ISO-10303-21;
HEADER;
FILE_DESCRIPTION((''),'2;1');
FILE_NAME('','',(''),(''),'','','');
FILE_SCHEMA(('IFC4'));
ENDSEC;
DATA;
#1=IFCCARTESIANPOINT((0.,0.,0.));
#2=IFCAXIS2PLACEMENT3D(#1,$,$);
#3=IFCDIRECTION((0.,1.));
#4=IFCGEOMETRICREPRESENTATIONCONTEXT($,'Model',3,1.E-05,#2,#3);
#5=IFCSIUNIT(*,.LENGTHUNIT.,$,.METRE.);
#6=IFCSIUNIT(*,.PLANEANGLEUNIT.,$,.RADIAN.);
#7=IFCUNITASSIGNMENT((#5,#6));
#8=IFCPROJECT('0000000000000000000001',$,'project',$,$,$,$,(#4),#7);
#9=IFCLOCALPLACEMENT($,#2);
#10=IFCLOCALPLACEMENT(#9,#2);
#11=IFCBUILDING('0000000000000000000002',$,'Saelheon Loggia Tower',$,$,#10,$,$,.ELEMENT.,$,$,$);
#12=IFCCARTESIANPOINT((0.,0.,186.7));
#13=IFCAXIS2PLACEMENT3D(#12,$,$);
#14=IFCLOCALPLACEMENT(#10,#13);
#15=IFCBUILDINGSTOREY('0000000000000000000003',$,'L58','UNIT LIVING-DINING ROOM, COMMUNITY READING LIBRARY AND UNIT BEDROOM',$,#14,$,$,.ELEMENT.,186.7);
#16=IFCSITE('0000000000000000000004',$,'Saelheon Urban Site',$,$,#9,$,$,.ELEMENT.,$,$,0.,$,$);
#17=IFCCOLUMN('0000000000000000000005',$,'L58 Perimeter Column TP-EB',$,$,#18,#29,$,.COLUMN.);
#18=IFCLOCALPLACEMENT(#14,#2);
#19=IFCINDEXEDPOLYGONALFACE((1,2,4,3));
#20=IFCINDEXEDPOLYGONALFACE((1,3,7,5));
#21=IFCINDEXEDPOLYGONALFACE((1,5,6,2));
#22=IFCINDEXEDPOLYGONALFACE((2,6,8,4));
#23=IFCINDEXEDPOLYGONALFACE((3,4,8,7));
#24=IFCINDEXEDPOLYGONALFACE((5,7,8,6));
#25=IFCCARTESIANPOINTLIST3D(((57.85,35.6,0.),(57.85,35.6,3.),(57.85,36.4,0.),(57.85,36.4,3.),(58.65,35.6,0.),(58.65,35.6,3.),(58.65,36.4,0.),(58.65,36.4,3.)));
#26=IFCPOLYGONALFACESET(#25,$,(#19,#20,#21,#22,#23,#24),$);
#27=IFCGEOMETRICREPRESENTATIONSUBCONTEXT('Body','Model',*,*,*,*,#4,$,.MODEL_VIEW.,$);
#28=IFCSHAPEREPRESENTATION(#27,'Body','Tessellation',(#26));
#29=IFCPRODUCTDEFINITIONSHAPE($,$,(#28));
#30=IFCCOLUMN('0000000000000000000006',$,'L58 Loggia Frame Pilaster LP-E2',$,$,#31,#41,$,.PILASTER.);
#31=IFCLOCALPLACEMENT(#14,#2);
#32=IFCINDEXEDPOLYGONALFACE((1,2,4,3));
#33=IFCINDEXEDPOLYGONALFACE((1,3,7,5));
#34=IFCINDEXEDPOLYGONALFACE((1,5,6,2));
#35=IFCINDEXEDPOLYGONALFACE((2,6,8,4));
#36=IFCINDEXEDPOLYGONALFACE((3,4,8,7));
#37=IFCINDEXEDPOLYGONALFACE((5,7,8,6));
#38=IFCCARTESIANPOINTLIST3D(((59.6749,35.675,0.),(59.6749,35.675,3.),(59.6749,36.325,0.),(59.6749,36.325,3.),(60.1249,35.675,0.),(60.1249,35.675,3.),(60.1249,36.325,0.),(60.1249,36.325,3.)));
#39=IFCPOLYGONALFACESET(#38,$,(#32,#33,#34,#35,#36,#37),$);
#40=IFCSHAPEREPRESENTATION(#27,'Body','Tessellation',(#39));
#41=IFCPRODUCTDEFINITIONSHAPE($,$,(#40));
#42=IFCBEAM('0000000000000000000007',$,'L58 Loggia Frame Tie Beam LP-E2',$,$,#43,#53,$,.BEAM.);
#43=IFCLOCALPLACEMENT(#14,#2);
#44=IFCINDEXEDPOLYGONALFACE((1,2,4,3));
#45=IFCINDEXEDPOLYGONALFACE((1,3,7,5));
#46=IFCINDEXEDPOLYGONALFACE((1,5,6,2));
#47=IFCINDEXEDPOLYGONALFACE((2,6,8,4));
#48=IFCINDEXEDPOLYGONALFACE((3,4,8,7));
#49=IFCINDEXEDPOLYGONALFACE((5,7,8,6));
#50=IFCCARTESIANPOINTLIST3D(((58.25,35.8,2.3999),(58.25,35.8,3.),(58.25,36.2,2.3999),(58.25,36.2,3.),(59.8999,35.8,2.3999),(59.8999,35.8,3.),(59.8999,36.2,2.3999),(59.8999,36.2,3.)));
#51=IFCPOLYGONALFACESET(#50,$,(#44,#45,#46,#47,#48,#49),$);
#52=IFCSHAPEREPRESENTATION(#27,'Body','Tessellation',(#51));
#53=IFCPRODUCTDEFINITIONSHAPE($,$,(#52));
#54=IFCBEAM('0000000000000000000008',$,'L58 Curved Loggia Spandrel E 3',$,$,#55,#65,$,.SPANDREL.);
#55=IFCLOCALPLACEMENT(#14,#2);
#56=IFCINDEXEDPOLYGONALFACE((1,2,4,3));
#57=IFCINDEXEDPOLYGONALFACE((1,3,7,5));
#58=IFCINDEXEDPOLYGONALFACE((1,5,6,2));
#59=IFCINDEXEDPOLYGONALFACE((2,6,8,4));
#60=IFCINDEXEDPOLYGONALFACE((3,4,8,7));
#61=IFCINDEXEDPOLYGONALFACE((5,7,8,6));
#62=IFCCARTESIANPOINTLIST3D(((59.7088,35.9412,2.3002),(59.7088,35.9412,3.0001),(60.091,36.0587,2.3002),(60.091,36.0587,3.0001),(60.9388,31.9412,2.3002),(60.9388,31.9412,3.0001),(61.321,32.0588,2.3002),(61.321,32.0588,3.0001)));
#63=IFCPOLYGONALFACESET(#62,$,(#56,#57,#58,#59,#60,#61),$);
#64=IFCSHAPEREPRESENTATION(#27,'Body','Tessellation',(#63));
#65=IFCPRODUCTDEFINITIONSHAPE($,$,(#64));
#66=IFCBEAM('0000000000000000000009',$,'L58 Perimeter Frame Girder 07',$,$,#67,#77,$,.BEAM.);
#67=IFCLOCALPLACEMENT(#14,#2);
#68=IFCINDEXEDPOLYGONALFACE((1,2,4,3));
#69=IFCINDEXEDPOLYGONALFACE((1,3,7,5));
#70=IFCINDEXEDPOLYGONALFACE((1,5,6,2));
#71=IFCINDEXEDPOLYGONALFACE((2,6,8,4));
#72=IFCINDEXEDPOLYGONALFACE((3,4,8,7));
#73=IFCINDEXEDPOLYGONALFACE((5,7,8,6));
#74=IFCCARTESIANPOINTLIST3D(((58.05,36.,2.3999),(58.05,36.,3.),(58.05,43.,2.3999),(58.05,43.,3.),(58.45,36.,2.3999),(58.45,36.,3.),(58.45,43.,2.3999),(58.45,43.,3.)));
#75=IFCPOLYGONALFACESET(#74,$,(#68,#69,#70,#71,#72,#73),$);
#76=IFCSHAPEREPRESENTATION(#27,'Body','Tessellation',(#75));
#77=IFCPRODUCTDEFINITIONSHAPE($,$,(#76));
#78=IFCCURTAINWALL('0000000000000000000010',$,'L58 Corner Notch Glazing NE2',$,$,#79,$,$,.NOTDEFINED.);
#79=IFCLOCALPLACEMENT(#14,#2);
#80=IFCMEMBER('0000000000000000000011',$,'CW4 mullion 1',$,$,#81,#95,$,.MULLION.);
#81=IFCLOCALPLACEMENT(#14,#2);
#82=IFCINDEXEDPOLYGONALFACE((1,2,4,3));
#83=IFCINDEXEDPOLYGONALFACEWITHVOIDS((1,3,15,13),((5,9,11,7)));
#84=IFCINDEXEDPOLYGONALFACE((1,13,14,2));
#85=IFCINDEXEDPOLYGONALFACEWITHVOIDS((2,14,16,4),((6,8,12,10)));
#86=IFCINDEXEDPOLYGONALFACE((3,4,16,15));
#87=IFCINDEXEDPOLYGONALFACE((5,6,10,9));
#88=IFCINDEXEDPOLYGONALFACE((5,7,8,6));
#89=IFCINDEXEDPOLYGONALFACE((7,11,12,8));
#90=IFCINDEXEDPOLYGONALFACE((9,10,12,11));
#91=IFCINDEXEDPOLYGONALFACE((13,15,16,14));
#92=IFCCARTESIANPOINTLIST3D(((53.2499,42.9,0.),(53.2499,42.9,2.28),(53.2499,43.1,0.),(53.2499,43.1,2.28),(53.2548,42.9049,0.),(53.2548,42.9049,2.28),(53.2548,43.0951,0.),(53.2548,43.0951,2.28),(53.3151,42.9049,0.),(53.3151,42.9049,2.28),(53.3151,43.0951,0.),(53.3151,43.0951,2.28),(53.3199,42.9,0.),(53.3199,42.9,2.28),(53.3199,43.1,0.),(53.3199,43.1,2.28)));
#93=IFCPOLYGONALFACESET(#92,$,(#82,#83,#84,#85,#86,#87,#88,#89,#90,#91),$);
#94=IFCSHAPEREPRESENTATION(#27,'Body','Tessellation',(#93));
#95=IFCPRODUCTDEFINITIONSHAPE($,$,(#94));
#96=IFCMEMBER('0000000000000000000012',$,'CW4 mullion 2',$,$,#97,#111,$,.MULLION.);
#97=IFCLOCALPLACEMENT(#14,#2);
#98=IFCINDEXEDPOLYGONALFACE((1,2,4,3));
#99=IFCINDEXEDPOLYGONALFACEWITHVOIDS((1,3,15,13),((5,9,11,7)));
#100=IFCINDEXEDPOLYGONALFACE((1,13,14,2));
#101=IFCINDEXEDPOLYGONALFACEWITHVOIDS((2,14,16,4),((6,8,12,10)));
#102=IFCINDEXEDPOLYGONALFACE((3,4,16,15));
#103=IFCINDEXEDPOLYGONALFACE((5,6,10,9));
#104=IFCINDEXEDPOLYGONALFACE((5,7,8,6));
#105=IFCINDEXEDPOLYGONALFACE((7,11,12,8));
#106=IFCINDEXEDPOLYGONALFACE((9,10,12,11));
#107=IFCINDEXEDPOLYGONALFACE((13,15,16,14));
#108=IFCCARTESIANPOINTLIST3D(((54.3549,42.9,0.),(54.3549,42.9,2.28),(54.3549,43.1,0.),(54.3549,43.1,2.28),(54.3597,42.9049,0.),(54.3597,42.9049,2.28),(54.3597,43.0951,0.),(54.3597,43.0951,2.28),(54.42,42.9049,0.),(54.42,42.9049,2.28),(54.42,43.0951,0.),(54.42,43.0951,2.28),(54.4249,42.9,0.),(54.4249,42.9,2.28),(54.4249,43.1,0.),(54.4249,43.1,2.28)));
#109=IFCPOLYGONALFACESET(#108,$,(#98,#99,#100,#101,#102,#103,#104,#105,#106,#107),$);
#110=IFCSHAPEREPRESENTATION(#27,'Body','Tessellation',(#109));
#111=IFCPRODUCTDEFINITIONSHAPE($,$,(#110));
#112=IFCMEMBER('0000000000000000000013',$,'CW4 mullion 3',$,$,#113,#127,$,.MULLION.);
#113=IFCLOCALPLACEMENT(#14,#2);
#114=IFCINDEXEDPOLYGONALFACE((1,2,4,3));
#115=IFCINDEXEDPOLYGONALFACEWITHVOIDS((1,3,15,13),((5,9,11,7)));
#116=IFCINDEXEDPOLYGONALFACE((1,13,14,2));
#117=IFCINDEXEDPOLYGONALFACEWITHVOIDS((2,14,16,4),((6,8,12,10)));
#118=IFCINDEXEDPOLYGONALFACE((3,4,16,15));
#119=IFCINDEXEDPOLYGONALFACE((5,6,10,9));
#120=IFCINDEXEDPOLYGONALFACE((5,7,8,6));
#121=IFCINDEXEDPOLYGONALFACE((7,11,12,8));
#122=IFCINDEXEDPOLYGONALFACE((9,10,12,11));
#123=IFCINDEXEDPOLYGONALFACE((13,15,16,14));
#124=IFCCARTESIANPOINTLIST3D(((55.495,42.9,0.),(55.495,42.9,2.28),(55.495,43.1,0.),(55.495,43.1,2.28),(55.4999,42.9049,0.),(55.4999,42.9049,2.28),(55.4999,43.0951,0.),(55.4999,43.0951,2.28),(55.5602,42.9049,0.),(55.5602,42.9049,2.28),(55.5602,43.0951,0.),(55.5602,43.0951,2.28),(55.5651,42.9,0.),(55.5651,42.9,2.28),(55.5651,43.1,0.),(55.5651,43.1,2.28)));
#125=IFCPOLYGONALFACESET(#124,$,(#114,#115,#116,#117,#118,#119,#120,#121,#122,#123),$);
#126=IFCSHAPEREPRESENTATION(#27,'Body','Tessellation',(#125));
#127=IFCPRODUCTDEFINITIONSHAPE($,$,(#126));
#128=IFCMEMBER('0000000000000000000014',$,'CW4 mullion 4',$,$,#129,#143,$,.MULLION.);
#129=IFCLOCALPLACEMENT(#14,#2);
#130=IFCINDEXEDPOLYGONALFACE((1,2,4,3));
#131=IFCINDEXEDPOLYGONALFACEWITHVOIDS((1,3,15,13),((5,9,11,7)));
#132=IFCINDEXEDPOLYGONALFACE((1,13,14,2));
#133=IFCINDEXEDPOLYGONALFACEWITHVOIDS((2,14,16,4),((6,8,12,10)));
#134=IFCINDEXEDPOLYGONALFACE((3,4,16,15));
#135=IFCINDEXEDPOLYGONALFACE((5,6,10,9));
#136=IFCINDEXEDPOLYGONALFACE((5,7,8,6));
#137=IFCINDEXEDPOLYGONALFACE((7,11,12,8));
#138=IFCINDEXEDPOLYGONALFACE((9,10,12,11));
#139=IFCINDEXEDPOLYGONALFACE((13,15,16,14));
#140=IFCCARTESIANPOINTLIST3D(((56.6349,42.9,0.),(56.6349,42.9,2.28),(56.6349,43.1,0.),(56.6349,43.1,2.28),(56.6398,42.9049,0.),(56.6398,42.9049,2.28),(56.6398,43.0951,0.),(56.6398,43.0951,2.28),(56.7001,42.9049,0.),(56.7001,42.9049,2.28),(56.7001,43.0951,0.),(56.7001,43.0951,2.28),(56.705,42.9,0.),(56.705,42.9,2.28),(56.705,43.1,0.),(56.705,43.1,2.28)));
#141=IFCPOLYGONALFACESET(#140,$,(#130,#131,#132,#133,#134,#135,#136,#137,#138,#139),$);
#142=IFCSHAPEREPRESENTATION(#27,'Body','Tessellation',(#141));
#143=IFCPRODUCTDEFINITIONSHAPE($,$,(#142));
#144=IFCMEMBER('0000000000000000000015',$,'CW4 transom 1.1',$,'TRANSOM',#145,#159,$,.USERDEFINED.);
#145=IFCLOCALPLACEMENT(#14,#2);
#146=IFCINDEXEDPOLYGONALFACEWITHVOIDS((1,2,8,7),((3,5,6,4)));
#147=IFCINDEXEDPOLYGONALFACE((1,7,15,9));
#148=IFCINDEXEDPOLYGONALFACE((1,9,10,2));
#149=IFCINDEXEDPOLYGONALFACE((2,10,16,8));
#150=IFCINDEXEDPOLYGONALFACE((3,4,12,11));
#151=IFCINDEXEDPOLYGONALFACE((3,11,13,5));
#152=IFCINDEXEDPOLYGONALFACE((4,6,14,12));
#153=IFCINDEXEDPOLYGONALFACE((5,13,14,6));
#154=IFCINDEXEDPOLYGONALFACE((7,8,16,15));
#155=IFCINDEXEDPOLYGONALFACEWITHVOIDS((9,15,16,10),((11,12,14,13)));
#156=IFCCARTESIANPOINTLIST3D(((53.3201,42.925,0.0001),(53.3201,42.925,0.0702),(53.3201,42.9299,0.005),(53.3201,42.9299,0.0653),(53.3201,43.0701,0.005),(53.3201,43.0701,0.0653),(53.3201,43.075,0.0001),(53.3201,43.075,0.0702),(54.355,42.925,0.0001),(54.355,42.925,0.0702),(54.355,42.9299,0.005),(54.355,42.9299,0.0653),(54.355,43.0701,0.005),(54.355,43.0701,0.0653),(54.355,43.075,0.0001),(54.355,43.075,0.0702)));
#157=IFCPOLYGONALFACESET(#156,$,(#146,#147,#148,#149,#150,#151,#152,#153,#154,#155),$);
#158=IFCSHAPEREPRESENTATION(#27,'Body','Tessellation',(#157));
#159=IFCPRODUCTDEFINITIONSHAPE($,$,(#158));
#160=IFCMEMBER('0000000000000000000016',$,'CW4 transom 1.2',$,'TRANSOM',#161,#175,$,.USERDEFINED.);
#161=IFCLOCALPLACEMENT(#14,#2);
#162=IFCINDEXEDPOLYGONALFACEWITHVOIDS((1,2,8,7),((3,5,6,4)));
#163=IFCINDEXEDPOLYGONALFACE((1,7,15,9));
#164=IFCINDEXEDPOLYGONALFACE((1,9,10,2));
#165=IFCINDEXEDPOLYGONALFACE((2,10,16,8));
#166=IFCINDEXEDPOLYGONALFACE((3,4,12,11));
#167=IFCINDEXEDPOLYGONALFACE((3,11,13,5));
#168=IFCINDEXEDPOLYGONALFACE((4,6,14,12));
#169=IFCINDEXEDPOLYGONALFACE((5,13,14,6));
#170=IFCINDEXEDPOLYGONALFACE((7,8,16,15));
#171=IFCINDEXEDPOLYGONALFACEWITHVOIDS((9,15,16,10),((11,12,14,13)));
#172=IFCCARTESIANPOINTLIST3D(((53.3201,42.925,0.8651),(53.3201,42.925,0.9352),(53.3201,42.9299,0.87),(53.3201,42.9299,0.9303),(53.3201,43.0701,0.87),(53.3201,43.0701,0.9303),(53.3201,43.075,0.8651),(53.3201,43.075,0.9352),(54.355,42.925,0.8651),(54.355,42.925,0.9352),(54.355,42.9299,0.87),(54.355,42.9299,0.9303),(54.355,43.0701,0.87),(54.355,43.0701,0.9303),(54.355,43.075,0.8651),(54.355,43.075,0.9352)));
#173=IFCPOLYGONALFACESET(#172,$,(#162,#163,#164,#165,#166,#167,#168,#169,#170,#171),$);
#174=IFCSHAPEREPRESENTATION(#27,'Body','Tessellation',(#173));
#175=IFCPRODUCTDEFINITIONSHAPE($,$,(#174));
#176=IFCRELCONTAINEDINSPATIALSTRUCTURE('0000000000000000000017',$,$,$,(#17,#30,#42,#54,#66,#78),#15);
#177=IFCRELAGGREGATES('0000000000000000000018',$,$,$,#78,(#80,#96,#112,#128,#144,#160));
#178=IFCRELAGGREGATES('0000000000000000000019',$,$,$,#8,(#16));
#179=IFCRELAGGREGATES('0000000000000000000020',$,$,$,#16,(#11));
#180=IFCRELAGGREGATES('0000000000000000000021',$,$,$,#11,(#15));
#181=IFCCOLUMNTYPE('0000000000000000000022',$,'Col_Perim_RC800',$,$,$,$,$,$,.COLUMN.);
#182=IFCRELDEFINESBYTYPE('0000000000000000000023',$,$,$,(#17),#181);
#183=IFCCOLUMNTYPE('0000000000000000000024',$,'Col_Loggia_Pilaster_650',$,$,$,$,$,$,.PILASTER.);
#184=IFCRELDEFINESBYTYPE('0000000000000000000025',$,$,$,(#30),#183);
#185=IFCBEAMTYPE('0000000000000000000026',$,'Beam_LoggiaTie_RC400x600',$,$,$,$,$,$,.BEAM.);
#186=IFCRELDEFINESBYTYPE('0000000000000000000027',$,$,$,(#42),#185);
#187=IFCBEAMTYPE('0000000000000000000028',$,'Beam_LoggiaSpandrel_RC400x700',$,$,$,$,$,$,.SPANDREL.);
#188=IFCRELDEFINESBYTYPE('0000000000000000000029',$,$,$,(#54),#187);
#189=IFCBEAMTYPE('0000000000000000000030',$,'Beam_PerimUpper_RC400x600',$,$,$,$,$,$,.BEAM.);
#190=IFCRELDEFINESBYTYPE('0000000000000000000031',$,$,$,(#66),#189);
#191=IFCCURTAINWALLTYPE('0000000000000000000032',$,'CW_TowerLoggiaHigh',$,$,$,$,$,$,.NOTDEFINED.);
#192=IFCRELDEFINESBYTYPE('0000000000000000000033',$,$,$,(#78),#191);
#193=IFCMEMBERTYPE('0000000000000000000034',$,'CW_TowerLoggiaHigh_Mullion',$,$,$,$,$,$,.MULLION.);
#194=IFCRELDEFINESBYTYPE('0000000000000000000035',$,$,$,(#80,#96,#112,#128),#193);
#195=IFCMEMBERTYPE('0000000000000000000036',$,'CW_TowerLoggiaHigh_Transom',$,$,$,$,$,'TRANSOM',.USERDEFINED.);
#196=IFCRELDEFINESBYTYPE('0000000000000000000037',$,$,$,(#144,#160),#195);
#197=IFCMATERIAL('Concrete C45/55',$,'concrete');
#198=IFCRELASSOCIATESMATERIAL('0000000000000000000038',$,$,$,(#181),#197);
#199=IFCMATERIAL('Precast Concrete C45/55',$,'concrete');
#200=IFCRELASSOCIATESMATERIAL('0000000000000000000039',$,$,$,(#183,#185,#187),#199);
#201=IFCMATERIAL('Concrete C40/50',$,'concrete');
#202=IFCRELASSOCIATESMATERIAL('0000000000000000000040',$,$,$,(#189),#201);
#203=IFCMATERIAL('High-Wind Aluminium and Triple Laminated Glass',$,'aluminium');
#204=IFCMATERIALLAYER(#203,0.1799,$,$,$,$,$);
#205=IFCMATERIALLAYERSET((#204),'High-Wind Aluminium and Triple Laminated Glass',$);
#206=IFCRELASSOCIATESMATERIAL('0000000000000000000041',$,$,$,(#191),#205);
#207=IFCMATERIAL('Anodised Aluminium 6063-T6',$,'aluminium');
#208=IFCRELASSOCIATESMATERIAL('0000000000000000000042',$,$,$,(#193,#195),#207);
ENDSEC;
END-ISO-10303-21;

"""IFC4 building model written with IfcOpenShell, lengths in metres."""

from ifc_helpers import new_model, si_unit, direction, frame, origin, origin_2d, place, context, subcontext, project, spatial, rectangle, hollow_rectangle, extrude, source, transform, mapped, material, layer, layer_set, material_profile, profile_set, type_object, element, aggregate, save


model = new_model("IFC4")

# Units and contexts
model_context = context("Model", 3, precision=1e-05, world=origin(), true_north=direction((0.0, 1.0)))
body_context = subcontext(model_context, "Body", "Model", "MODEL_VIEW")
ifc_project = project(units=[si_unit("LENGTHUNIT", "METRE"), si_unit("PLANEANGLEUNIT", "RADIAN")], contexts=[model_context])

# Site, building, storey
site_placement = place(None, origin())
site = spatial("IfcSite", under=ifc_project, at=site_placement, Name="Saelheon Urban Site", CompositionType="ELEMENT", RefElevation=0.0)
building_placement = place(site_placement, origin())
building = spatial("IfcBuilding", under=site, at=building_placement, Name="Saelheon Loggia Tower", CompositionType="ELEMENT")
storey_placement = place(building_placement, frame((0.0, 0.0, 186.7)))
storey = spatial("IfcBuildingStorey", under=building, at=storey_placement, Name="L58", Description="UNIT LIVING-DINING ROOM, COMMUNITY READING LIBRARY AND UNIT BEDROOM", CompositionType="ELEMENT", Elevation=186.7)

# Columns
ifc_material_1 = material(Name="Concrete C45/55", Category="concrete")
ifc_material_profile_1 = material_profile(ifc_material_1, rectangle(XDim=0.8, YDim=0.8, at=origin_2d()), Name="RC-800x800")
ifc_profile_set_1 = profile_set([ifc_material_profile_1], Name="Concrete C45/55")
column_type_1 = type_object("IfcColumnType", Name="Col_Perim_RC800", PredefinedType="COLUMN", material=ifc_profile_set_1)
shared_shape_1 = source(origin(), body_context, "Body", "SweptSolid", [
    extrude(rectangle(XDim=0.8, YDim=0.8, at=origin_2d()), origin(), (0.0, 0.0, 1.0), 3.0),
])
column_1_placement = place(storey_placement, frame((58.25, 36.0, 0.0), z_axis=(0.0, 0.0, 1.0), x_axis=(1.0, 0.0, 0.0)))
element("IfcColumn", 1, at=column_1_placement, inside=storey, type_object=column_type_1, Name="L58 Perimeter Column TP-EB", PredefinedType="COLUMN", context=body_context, shape_type="MappedRepresentation", body=[
    mapped(shared_shape_1, transform((0.0, 0.0, 0.0), scale=1.0)),
])
ifc_material_2 = material(Name="Precast Concrete C45/55", Category="concrete")
ifc_material_profile_2 = material_profile(ifc_material_2, rectangle(XDim=0.45, YDim=0.6499, at=origin_2d()), Name="RC-450x650")
ifc_profile_set_2 = profile_set([ifc_material_profile_2], Name="Precast Concrete C45/55")
column_type_2 = type_object("IfcColumnType", Name="Col_Loggia_Pilaster_650", PredefinedType="PILASTER", material=ifc_profile_set_2)
shared_shape_2 = source(origin(), body_context, "Body", "SweptSolid", [
    extrude(rectangle(XDim=0.45, YDim=0.6499, at=origin_2d()), origin(), (0.0, 0.0, 1.0), 3.0),
])
column_2_placement = place(storey_placement, frame((59.8999, 36.0, 0.0), z_axis=(0.0, 0.0, 1.0), x_axis=(1.0, 0.0, 0.0)))
element("IfcColumn", 2, at=column_2_placement, inside=storey, type_object=column_type_2, Name="L58 Loggia Frame Pilaster LP-E2", PredefinedType="PILASTER", context=body_context, shape_type="MappedRepresentation", body=[
    mapped(shared_shape_2, transform((0.0, 0.0, 0.0), scale=1.0)),
])

# Beams
ifc_material_profile_3 = material_profile(ifc_material_2, rectangle(XDim=0.3999, YDim=0.6001, at=origin_2d()), Name="RC-400x600")
ifc_profile_set_3 = profile_set([ifc_material_profile_3], Name="Precast Concrete C45/55")
beam_type_1 = type_object("IfcBeamType", Name="Beam_LoggiaTie_RC400x600", PredefinedType="BEAM", material=ifc_profile_set_3)
shared_shape_3 = source(origin(), body_context, "Body", "SweptSolid", [
    extrude(rectangle(XDim=0.3999, YDim=0.6001, at=origin_2d()), origin(), (0.0, 0.0, 1.0), 1.6499),
])
beam_1_placement = place(storey_placement, frame((58.25, 36.0, 2.7), z_axis=(1.0, 0.0, 0.0), x_axis=(0.0, 1.0, 0.0)))
element("IfcBeam", 3, at=beam_1_placement, inside=storey, type_object=beam_type_1, Name="L58 Loggia Frame Tie Beam LP-E2", PredefinedType="BEAM", context=body_context, shape_type="MappedRepresentation", body=[
    mapped(shared_shape_3, transform((0.0, 0.0, 0.0), scale=1.0)),
])
ifc_material_profile_4 = material_profile(ifc_material_2, rectangle(XDim=0.3999, YDim=0.7, at=origin_2d()), Name="RC-400x700")
ifc_profile_set_4 = profile_set([ifc_material_profile_4], Name="Precast Concrete C45/55")
beam_type_2 = type_object("IfcBeamType", Name="Beam_LoggiaSpandrel_RC400x700", PredefinedType="SPANDREL", material=ifc_profile_set_4)
shared_shape_4 = source(origin(), body_context, "Body", "SweptSolid", [
    extrude(rectangle(XDim=0.3999, YDim=0.7, at=origin_2d()), origin(), (0.0, 0.0, 1.0), 4.1848),
])
beam_2_placement = place(storey_placement, frame((61.1299, 32.0, 2.6501), z_axis=(-0.293914, 0.955832, 0.0), x_axis=(-0.955832, -0.293914, 0.0)))
element("IfcBeam", 4, at=beam_2_placement, inside=storey, type_object=beam_type_2, Name="L58 Curved Loggia Spandrel E 3", PredefinedType="SPANDREL", context=body_context, shape_type="MappedRepresentation", body=[
    mapped(shared_shape_4, transform((0.0, 0.0, 0.0), scale=1.0)),
])
ifc_material_3 = material(Name="Concrete C40/50", Category="concrete")
ifc_material_profile_5 = material_profile(ifc_material_3, rectangle(XDim=0.3999, YDim=0.6001, at=origin_2d()), Name="RC-400x600")
ifc_profile_set_5 = profile_set([ifc_material_profile_5], Name="Concrete C40/50")
beam_type_3 = type_object("IfcBeamType", Name="Beam_PerimUpper_RC400x600", PredefinedType="BEAM", material=ifc_profile_set_5)
shared_shape_5 = source(origin(), body_context, "Body", "SweptSolid", [
    extrude(rectangle(XDim=0.3999, YDim=0.6001, at=origin_2d()), origin(), (0.0, 0.0, 1.0), 7.0),
])
beam_3_placement = place(storey_placement, frame((58.25, 36.0, 2.7), z_axis=(0.0, 1.0, 0.0), x_axis=(-1.0, 0.0, 0.0)))
element("IfcBeam", 5, at=beam_3_placement, inside=storey, type_object=beam_type_3, Name="L58 Perimeter Frame Girder 07", PredefinedType="BEAM", context=body_context, shape_type="MappedRepresentation", body=[
    mapped(shared_shape_5, transform((0.0, 0.0, 0.0), scale=1.0)),
])

# Curtain wall, members
ifc_material_4 = material(Name="High-Wind Aluminium and Triple Laminated Glass", Category="aluminium")
ifc_layer_1 = layer(ifc_material_4, 0.1799)
ifc_layer_set_1 = layer_set([ifc_layer_1], Name="High-Wind Aluminium and Triple Laminated Glass")
curtain_wall_type = type_object("IfcCurtainWallType", Name="CW_TowerLoggiaHigh", PredefinedType="NOTDEFINED", material=ifc_layer_set_1)
curtain_wall_placement = place(storey_placement, origin())
curtain_wall = element("IfcCurtainWall", 6, at=curtain_wall_placement, inside=storey, type_object=curtain_wall_type, Name="L58 Corner Notch Glazing NE2", PredefinedType="NOTDEFINED")
ifc_material_5 = material(Name="Anodised Aluminium 6063-T6", Category="aluminium")
ifc_material_profile_6 = material_profile(ifc_material_5, hollow_rectangle(XDim=0.0701, YDim=0.2, WallThickness=0.0049, at=origin_2d()), Name="RHS-200x70x5")
ifc_profile_set_6 = profile_set([ifc_material_profile_6], Name="Anodised Aluminium 6063-T6")
member_type_1 = type_object("IfcMemberType", Name="CW_TowerLoggiaHigh_Mullion", PredefinedType="MULLION", material=ifc_profile_set_6)
shared_shape_6 = source(origin(), body_context, "Body", "SweptSolid", [
    extrude(hollow_rectangle(XDim=0.0701, YDim=0.2, WallThickness=0.0049, at=origin_2d()), origin(), (0.0, 0.0, 1.0), 2.28),
])
member_1_placement = place(storey_placement, frame((53.2849, 43.0, 0.0), z_axis=(0.0, 0.0, 1.0), x_axis=(1.0, 0.0, 0.0)))
member_1 = element("IfcMember", 7, at=member_1_placement, type_object=member_type_1, Name="CW4 mullion 1", PredefinedType="MULLION", context=body_context, shape_type="MappedRepresentation", body=[
    mapped(shared_shape_6, transform((0.0, 0.0, 0.0), scale=1.0)),
])
member_2_placement = place(storey_placement, frame((54.3899, 43.0, 0.0), z_axis=(0.0, 0.0, 1.0), x_axis=(1.0, 0.0, 0.0)))
member_2 = element("IfcMember", 8, at=member_2_placement, type_object=member_type_1, Name="CW4 mullion 2", PredefinedType="MULLION", context=body_context, shape_type="MappedRepresentation", body=[
    mapped(shared_shape_6, transform((0.0, 0.0, 0.0), scale=1.0)),
])
member_3_placement = place(storey_placement, frame((55.53, 43.0, 0.0), z_axis=(0.0, 0.0, 1.0), x_axis=(1.0, 0.0, 0.0)))
member_3 = element("IfcMember", 9, at=member_3_placement, type_object=member_type_1, Name="CW4 mullion 3", PredefinedType="MULLION", context=body_context, shape_type="MappedRepresentation", body=[
    mapped(shared_shape_6, transform((0.0, 0.0, 0.0), scale=1.0)),
])
member_4_placement = place(storey_placement, frame((56.6699, 43.0, 0.0), z_axis=(0.0, 0.0, 1.0), x_axis=(1.0, 0.0, 0.0)))
member_4 = element("IfcMember", 10, at=member_4_placement, type_object=member_type_1, Name="CW4 mullion 4", PredefinedType="MULLION", context=body_context, shape_type="MappedRepresentation", body=[
    mapped(shared_shape_6, transform((0.0, 0.0, 0.0), scale=1.0)),
])
ifc_material_profile_7 = material_profile(ifc_material_5, hollow_rectangle(XDim=0.0701, YDim=0.1499, WallThickness=0.0049, at=origin_2d()), Name="RHS-150x70x5")
ifc_profile_set_7 = profile_set([ifc_material_profile_7], Name="Anodised Aluminium 6063-T6")
member_type_2 = type_object("IfcMemberType", Name="CW_TowerLoggiaHigh_Transom", ElementType="TRANSOM", PredefinedType="USERDEFINED", material=ifc_profile_set_7)
shared_shape_7 = source(origin(), body_context, "Body", "SweptSolid", [
    extrude(hollow_rectangle(XDim=0.0701, YDim=0.1499, WallThickness=0.0049, at=origin_2d()), origin(), (0.0, 0.0, 1.0), 1.0349),
])
member_5_placement = place(storey_placement, frame((53.3201, 43.0, 0.0352), z_axis=(1.0, 0.0, 0.0), x_axis=(0.0, 0.0, 1.0)))
member_5 = element("IfcMember", 11, at=member_5_placement, type_object=member_type_2, Name="CW4 transom 1.1", ObjectType="TRANSOM", PredefinedType="USERDEFINED", context=body_context, shape_type="MappedRepresentation", body=[
    mapped(shared_shape_7, transform((0.0, 0.0, 0.0), scale=1.0)),
])
member_6_placement = place(storey_placement, frame((53.3201, 43.0, 0.9001), z_axis=(1.0, 0.0, 0.0), x_axis=(0.0, 0.0, 1.0)))
member_6 = element("IfcMember", 12, at=member_6_placement, type_object=member_type_2, Name="CW4 transom 1.2", ObjectType="TRANSOM", PredefinedType="USERDEFINED", context=body_context, shape_type="MappedRepresentation", body=[
    mapped(shared_shape_7, transform((0.0, 0.0, 0.0), scale=1.0)),
])
aggregate(curtain_wall, [member_1, member_2, member_3, member_4, member_5, member_6])

save(model, "model.ifc")
